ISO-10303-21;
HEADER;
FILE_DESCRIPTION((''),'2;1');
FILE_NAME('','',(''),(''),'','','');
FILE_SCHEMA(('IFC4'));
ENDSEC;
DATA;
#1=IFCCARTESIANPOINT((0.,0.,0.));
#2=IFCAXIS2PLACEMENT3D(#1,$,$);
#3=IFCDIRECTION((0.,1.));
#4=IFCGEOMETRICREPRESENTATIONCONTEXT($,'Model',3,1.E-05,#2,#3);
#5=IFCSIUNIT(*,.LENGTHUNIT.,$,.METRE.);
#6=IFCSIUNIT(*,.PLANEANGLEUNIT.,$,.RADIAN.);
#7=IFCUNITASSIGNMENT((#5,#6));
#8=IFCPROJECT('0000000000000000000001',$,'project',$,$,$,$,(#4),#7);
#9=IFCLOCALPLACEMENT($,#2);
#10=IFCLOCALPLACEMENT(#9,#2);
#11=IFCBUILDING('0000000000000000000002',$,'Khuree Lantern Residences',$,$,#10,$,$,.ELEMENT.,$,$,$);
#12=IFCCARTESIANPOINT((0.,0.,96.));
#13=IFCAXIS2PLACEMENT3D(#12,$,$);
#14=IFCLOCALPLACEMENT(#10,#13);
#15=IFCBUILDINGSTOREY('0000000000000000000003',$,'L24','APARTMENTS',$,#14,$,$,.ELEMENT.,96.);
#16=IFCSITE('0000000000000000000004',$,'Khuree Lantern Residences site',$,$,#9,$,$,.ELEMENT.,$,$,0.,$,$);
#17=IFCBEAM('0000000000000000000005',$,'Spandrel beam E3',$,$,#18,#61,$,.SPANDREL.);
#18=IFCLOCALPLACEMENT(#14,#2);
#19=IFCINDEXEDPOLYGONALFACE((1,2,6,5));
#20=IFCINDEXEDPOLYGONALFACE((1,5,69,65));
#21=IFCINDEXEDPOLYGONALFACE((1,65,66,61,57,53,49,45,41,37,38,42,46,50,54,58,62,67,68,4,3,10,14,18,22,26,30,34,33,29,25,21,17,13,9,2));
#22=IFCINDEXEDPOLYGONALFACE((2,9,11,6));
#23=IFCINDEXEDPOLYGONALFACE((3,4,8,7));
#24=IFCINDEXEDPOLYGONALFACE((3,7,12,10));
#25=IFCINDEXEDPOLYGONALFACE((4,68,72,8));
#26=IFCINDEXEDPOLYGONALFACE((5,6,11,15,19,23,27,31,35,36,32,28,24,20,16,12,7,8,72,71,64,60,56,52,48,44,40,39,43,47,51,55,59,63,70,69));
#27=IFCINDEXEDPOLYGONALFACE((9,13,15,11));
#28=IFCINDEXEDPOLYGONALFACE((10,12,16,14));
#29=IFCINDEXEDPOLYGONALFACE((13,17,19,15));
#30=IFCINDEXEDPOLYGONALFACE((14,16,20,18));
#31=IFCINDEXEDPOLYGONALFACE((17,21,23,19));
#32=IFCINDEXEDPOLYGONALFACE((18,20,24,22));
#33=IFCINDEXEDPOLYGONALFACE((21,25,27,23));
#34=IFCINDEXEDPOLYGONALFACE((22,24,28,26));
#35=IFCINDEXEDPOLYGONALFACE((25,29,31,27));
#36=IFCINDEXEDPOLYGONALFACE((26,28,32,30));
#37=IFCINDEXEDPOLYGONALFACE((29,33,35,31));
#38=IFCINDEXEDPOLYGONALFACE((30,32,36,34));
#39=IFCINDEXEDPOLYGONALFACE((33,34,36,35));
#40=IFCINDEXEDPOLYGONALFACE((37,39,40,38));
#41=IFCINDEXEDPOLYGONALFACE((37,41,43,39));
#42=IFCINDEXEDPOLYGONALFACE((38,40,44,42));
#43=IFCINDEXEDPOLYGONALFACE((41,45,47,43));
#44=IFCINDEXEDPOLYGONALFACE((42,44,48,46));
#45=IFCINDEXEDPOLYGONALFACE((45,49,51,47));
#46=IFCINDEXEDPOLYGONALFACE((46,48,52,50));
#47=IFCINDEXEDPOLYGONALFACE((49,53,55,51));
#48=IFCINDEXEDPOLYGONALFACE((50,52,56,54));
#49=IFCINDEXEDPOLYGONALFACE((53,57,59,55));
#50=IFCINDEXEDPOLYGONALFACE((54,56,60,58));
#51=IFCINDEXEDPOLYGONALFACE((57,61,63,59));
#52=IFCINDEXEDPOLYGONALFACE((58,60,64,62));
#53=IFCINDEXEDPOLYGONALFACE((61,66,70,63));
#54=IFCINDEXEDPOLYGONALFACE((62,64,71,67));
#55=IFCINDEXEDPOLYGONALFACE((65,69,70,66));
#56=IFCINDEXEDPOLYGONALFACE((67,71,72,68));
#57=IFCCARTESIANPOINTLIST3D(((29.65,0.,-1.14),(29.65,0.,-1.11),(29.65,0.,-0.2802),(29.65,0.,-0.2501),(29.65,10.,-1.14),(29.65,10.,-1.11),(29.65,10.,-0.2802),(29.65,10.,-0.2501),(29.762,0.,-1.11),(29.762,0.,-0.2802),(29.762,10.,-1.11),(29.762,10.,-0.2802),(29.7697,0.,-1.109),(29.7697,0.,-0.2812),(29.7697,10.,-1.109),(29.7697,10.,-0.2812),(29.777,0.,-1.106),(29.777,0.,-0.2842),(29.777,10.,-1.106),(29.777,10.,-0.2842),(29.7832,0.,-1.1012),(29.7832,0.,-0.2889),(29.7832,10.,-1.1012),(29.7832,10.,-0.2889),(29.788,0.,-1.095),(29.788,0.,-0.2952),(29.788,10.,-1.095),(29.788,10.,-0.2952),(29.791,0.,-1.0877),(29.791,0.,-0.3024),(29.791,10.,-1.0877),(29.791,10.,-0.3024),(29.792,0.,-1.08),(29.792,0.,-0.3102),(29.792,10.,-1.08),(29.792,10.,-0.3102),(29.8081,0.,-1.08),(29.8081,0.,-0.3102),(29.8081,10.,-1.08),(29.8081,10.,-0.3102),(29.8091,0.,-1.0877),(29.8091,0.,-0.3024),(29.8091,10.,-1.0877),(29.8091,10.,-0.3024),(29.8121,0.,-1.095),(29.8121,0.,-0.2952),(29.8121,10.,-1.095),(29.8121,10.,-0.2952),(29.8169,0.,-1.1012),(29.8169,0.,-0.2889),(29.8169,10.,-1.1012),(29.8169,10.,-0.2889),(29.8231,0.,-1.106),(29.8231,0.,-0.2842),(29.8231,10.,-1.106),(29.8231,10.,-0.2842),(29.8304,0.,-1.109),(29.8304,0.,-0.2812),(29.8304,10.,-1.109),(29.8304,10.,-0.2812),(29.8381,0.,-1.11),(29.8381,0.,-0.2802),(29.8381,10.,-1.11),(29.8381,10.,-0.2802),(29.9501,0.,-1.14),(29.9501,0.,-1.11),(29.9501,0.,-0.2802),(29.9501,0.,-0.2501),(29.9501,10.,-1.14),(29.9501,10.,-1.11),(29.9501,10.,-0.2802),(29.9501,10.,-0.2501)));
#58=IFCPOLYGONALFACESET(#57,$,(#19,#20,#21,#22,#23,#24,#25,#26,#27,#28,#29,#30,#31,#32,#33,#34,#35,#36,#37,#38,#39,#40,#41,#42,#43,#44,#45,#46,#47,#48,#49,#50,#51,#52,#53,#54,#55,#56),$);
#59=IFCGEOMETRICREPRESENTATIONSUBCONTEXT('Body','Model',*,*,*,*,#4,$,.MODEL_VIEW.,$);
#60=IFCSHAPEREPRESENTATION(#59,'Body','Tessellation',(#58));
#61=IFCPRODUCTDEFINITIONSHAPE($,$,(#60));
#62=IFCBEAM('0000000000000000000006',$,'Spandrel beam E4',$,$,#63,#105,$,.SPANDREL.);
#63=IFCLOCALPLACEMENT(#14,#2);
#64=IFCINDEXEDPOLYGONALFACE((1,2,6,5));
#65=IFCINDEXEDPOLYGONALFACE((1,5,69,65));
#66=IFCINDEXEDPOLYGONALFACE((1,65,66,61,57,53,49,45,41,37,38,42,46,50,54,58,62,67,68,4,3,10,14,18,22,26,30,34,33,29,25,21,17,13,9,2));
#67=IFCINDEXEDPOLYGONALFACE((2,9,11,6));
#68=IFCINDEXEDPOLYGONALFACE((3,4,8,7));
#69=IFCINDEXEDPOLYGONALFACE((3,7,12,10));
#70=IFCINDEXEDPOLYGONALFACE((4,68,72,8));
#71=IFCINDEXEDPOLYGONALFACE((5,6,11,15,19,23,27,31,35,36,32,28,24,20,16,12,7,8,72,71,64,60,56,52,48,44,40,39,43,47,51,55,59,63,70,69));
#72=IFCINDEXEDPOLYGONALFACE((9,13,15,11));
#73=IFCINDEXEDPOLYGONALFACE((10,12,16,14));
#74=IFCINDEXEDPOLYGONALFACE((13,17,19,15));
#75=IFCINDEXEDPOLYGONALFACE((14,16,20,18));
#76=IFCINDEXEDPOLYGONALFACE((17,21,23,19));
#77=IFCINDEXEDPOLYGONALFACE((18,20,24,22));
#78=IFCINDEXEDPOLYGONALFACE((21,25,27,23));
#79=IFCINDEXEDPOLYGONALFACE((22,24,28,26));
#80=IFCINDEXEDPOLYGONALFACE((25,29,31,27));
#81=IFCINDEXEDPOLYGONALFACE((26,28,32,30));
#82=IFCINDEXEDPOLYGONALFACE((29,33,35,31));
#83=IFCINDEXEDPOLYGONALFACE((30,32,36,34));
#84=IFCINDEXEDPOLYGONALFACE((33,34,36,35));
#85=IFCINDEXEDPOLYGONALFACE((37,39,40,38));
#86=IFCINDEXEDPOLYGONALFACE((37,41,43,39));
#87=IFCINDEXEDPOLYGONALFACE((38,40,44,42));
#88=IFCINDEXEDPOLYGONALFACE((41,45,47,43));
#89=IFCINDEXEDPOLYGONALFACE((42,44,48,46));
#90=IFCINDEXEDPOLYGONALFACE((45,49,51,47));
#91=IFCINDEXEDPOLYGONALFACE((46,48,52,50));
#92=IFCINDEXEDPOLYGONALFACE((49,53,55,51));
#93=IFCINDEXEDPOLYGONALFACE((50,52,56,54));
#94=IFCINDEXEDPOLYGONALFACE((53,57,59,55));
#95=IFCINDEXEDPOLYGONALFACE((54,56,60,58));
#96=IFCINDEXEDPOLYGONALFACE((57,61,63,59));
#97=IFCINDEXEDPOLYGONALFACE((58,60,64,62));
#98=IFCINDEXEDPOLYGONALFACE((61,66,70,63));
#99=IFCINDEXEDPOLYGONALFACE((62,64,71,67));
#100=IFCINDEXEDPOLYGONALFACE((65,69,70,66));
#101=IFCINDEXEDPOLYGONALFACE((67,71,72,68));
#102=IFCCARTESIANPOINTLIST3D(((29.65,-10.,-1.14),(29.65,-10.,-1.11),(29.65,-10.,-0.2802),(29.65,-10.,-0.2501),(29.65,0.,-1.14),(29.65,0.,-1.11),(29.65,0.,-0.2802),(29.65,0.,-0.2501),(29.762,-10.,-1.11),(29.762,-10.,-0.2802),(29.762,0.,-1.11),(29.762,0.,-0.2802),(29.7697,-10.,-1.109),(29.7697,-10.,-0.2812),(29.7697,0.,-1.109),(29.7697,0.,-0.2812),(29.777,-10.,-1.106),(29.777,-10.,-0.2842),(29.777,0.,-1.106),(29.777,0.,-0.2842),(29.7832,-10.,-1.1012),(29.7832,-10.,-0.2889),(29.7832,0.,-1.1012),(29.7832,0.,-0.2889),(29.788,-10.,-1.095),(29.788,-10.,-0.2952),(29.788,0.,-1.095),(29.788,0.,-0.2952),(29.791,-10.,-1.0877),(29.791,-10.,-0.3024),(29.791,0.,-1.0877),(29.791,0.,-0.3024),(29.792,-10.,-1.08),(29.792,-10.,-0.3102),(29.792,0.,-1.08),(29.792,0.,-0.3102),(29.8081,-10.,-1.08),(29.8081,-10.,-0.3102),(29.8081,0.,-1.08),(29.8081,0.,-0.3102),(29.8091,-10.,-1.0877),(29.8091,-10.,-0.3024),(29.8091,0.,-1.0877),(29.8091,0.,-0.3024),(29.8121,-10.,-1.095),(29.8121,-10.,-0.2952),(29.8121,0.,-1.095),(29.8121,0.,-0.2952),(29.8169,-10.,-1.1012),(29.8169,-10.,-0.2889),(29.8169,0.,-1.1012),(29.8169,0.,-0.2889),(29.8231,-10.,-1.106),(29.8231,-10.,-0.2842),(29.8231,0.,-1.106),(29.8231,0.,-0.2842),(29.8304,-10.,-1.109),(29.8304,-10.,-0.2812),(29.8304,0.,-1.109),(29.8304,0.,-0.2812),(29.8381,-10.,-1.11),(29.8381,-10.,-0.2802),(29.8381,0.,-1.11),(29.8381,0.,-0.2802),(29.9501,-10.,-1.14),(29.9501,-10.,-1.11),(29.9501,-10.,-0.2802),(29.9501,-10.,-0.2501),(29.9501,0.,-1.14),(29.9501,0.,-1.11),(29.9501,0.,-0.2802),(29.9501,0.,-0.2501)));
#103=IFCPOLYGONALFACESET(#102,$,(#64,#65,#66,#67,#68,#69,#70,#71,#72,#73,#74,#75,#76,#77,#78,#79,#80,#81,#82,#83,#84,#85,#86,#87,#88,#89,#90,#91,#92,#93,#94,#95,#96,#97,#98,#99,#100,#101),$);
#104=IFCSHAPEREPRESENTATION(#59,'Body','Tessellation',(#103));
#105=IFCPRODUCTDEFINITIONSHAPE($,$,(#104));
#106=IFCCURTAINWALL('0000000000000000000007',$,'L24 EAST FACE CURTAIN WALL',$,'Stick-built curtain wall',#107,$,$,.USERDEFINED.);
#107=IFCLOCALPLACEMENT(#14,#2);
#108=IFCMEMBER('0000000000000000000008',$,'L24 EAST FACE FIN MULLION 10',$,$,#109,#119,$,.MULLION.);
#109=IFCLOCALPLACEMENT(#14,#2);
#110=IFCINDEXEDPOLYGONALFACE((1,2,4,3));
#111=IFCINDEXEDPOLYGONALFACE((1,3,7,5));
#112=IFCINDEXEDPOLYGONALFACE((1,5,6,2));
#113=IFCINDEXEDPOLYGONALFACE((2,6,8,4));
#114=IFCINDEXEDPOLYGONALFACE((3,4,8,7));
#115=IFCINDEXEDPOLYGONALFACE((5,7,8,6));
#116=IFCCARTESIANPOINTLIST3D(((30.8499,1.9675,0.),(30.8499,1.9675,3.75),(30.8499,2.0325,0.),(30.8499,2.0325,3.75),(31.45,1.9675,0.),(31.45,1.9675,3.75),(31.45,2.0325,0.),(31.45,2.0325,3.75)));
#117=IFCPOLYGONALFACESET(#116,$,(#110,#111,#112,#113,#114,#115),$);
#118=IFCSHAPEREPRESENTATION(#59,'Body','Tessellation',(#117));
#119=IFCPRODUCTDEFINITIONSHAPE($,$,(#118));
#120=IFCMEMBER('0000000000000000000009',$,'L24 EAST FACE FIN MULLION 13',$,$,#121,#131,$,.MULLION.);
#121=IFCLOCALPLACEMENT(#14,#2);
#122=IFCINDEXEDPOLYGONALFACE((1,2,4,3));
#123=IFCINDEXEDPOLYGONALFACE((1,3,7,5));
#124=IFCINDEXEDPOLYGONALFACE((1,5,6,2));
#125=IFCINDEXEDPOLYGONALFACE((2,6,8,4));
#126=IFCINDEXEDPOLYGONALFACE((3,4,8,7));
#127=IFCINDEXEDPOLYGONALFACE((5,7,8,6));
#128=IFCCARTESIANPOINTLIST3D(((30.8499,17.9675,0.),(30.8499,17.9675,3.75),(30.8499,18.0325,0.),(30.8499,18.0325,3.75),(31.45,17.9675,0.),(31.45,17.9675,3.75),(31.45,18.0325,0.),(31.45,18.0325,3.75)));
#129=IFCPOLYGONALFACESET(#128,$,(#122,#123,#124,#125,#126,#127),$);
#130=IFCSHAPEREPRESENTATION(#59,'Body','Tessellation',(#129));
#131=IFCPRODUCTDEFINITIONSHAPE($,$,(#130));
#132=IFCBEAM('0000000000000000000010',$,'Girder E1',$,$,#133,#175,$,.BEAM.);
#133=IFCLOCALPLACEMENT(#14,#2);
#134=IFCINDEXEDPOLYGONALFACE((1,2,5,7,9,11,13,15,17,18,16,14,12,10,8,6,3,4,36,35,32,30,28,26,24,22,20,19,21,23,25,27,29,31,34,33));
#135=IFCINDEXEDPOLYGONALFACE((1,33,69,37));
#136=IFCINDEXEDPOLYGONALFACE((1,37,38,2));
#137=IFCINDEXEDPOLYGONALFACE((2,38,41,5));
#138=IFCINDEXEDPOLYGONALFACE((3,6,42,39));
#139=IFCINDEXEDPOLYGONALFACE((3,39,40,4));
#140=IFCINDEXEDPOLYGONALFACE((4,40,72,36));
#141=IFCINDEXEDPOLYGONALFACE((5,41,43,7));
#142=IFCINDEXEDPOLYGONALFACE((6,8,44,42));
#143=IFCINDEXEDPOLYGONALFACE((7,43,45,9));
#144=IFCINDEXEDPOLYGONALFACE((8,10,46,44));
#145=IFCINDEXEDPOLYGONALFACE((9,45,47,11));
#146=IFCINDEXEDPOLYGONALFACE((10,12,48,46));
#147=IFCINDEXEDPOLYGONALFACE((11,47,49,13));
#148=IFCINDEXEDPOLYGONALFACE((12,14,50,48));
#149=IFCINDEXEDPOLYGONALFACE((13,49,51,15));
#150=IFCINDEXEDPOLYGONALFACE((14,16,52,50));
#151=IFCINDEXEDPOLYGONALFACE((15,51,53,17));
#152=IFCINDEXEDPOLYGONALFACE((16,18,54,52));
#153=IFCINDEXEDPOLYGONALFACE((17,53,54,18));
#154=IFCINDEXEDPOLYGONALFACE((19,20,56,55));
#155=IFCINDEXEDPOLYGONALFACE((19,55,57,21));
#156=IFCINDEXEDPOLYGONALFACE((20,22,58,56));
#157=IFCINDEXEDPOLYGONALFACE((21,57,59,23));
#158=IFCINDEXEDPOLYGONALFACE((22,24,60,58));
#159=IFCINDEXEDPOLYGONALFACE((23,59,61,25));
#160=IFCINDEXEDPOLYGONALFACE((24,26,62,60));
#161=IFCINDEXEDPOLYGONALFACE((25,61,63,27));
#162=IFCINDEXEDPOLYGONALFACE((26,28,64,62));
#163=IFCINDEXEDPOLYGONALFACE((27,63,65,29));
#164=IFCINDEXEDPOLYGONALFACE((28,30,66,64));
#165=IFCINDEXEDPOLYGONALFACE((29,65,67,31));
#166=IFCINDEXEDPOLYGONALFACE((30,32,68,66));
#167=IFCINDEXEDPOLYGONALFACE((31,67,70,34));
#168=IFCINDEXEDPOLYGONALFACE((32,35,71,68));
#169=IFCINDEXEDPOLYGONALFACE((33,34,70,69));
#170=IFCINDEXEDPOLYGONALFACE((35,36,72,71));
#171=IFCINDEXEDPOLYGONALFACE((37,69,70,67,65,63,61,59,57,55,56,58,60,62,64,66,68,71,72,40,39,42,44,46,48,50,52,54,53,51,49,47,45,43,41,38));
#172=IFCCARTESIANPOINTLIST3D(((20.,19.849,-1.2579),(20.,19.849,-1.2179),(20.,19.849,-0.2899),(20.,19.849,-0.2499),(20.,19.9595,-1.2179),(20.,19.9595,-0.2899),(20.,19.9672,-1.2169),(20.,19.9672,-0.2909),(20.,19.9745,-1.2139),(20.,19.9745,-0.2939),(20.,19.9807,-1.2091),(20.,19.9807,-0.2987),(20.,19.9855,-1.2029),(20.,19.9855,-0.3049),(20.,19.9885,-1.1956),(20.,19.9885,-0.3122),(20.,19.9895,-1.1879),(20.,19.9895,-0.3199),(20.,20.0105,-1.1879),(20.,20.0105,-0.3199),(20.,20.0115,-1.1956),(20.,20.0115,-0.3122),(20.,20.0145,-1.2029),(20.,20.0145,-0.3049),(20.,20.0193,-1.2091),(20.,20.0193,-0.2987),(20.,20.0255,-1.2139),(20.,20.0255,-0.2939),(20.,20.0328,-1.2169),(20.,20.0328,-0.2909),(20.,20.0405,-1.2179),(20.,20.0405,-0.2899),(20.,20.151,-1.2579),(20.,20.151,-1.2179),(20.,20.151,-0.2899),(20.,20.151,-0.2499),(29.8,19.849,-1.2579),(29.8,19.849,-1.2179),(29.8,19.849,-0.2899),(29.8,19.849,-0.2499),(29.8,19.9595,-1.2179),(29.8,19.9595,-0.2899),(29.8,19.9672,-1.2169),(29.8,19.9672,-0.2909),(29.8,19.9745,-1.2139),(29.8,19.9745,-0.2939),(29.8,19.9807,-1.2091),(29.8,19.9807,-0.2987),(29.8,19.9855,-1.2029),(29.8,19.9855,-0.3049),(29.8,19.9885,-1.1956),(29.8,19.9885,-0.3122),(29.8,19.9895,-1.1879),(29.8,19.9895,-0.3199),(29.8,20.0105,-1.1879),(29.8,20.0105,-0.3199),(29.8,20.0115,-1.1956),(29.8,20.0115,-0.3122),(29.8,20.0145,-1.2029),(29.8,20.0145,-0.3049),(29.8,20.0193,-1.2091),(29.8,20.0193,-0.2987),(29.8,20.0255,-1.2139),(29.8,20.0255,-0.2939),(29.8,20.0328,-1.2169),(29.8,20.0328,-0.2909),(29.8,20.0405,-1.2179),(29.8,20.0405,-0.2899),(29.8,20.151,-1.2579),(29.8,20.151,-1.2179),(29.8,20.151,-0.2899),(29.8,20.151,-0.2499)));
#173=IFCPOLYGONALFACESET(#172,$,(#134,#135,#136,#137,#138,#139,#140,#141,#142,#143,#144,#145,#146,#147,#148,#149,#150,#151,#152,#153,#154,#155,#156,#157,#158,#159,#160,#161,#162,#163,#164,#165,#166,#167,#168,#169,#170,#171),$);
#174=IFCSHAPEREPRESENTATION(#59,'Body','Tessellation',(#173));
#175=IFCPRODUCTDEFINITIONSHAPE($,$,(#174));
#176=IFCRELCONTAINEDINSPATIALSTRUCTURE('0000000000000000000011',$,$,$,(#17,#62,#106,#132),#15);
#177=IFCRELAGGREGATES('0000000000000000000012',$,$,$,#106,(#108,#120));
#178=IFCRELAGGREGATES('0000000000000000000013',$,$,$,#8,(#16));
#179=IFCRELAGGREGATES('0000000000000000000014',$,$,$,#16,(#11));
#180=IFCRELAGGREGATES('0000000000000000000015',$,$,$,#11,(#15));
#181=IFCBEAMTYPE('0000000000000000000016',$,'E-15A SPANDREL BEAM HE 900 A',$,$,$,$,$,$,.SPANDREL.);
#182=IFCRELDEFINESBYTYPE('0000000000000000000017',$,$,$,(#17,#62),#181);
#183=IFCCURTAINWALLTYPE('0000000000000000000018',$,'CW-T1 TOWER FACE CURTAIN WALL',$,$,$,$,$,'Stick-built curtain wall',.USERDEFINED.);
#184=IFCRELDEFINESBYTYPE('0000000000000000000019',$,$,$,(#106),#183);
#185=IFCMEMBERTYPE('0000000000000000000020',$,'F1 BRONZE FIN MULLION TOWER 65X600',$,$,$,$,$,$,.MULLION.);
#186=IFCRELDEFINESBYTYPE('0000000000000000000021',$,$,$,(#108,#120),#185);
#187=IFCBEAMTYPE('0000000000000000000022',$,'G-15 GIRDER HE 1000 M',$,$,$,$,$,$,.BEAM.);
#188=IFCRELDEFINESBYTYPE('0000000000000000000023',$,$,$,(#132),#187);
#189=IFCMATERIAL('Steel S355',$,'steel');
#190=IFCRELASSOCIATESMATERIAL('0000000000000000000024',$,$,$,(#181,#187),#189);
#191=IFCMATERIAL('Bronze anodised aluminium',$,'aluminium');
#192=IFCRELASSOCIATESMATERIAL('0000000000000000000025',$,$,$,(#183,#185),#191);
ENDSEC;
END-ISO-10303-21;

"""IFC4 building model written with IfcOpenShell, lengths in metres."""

from ifc_helpers import new_model, si_unit, direction, frame, origin, origin_2d, place, context, subcontext, project, spatial, rectangle, i_section, extrude, material, material_profile, profile_set, type_object, element, aggregate, save


model = new_model("IFC4")

# Units and contexts
model_context = context("Model", 3, precision=1e-05, world=origin(), true_north=direction((0.0, 1.0)))
body_context = subcontext(model_context, "Body", "Model", "MODEL_VIEW")
ifc_project = project(units=[si_unit("LENGTHUNIT", "METRE"), si_unit("PLANEANGLEUNIT", "RADIAN")], contexts=[model_context])

# Site, building, storey
site_placement = place(None, origin())
site = spatial("IfcSite", under=ifc_project, at=site_placement, Name="Khuree Lantern Residences site", CompositionType="ELEMENT", RefElevation=0.0)
building_placement = place(site_placement, origin())
building = spatial("IfcBuilding", under=site, at=building_placement, Name="Khuree Lantern Residences", CompositionType="ELEMENT")
storey_placement = place(building_placement, frame((0.0, 0.0, 96.0)))
storey = spatial("IfcBuildingStorey", under=building, at=storey_placement, Name="L24", Description="APARTMENTS", CompositionType="ELEMENT", Elevation=96.0)

# Beams
ifc_material_1 = material(Name="Steel S355", Category="steel")
ifc_material_profile_1 = material_profile(ifc_material_1, i_section(OverallWidth=0.3, OverallDepth=0.8899, WebThickness=0.0161, FlangeThickness=0.03, FilletRadius=0.03, at=origin_2d()), Name="HE 900 A")
ifc_profile_set_1 = profile_set([ifc_material_profile_1], Name="Steel S355")
beam_type_1 = type_object("IfcBeamType", Name="E-15A SPANDREL BEAM HE 900 A", PredefinedType="SPANDREL", material=ifc_profile_set_1)
for number, where, z_axis, x_axis, name in (
    (1, (29.8, 10.0, -0.6951), (0.0, -1.0, 0.0), (1.0, 0.0, 0.0), "Spandrel beam E3"),
    (2, (29.8, 0.0, -0.6951), (0.0, -1.0, 0.0), (1.0, 0.0, 0.0), "Spandrel beam E4"),
):
    element("IfcBeam", number, at=place(storey_placement, frame(where, z_axis=z_axis, x_axis=x_axis)), inside=storey, type_object=beam_type_1, Name=name, PredefinedType="SPANDREL", context=body_context, shape_type="SweptSolid", body=[
        extrude(i_section(OverallWidth=0.3, OverallDepth=0.8899, WebThickness=0.0161, FlangeThickness=0.03, FilletRadius=0.03, at=origin_2d()), origin(), (0.0, 0.0, 1.0), 10.0),
    ])

# Curtain wall, members
ifc_material_2 = material(Name="Bronze anodised aluminium", Category="aluminium")
curtain_wall_type = type_object("IfcCurtainWallType", Name="CW-T1 TOWER FACE CURTAIN WALL", ElementType="Stick-built curtain wall", PredefinedType="USERDEFINED", material=ifc_material_2)
curtain_wall_placement = place(storey_placement, origin())
curtain_wall = element("IfcCurtainWall", 3, at=curtain_wall_placement, inside=storey, type_object=curtain_wall_type, Name="L24 EAST FACE CURTAIN WALL", ObjectType="Stick-built curtain wall", PredefinedType="USERDEFINED")
ifc_material_profile_2 = material_profile(ifc_material_2, rectangle(XDim=0.0649, YDim=0.6001, at=origin_2d()), Name="F1 65X600")
ifc_profile_set_2 = profile_set([ifc_material_profile_2], Name="Bronze anodised aluminium")
member_type_1 = type_object("IfcMemberType", Name="F1 BRONZE FIN MULLION TOWER 65X600", PredefinedType="MULLION", material=ifc_profile_set_2)
member_1_placement = place(storey_placement, frame((31.1499, 2.0, 0.0), z_axis=(0.0, 0.0, 1.0), x_axis=(0.0, 1.0, 0.0)))
member_1 = element("IfcMember", 4, at=member_1_placement, type_object=member_type_1, Name="L24 EAST FACE FIN MULLION 10", PredefinedType="MULLION", context=body_context, shape_type="SweptSolid", body=[
    extrude(rectangle(XDim=0.0649, YDim=0.6001, at=origin_2d()), origin(), (0.0, 0.0, 1.0), 3.75),
])
member_2_placement = place(storey_placement, frame((31.1499, 18.0, 0.0), z_axis=(0.0, 0.0, 1.0), x_axis=(0.0, 1.0, 0.0)))
member_2 = element("IfcMember", 5, at=member_2_placement, type_object=member_type_1, Name="L24 EAST FACE FIN MULLION 13", PredefinedType="MULLION", context=body_context, shape_type="SweptSolid", body=[
    extrude(rectangle(XDim=0.0649, YDim=0.6001, at=origin_2d()), origin(), (0.0, 0.0, 1.0), 3.75),
])

# Beam
ifc_material_profile_3 = material_profile(ifc_material_1, i_section(OverallWidth=0.302, OverallDepth=1.0081, WebThickness=0.021, FlangeThickness=0.04, FilletRadius=0.03, at=origin_2d()), Name="HE 1000 M")
ifc_profile_set_3 = profile_set([ifc_material_profile_3], Name="Steel S355")
beam_type_2 = type_object("IfcBeamType", Name="G-15 GIRDER HE 1000 M", PredefinedType="BEAM", material=ifc_profile_set_3)
beam_placement = place(storey_placement, frame((29.8, 20.0, -0.7539), z_axis=(-1.0, 0.0, 0.0), x_axis=(0.0, -1.0, 0.0)))
element("IfcBeam", 6, at=beam_placement, inside=storey, type_object=beam_type_2, Name="Girder E1", PredefinedType="BEAM", context=body_context, shape_type="SweptSolid", body=[
    extrude(i_section(OverallWidth=0.302, OverallDepth=1.0081, WebThickness=0.021, FlangeThickness=0.04, FilletRadius=0.03, at=origin_2d()), origin(), (0.0, 0.0, 1.0), 9.8),
])

aggregate(curtain_wall, [member_1, member_2])

save(model, "model.ifc")
